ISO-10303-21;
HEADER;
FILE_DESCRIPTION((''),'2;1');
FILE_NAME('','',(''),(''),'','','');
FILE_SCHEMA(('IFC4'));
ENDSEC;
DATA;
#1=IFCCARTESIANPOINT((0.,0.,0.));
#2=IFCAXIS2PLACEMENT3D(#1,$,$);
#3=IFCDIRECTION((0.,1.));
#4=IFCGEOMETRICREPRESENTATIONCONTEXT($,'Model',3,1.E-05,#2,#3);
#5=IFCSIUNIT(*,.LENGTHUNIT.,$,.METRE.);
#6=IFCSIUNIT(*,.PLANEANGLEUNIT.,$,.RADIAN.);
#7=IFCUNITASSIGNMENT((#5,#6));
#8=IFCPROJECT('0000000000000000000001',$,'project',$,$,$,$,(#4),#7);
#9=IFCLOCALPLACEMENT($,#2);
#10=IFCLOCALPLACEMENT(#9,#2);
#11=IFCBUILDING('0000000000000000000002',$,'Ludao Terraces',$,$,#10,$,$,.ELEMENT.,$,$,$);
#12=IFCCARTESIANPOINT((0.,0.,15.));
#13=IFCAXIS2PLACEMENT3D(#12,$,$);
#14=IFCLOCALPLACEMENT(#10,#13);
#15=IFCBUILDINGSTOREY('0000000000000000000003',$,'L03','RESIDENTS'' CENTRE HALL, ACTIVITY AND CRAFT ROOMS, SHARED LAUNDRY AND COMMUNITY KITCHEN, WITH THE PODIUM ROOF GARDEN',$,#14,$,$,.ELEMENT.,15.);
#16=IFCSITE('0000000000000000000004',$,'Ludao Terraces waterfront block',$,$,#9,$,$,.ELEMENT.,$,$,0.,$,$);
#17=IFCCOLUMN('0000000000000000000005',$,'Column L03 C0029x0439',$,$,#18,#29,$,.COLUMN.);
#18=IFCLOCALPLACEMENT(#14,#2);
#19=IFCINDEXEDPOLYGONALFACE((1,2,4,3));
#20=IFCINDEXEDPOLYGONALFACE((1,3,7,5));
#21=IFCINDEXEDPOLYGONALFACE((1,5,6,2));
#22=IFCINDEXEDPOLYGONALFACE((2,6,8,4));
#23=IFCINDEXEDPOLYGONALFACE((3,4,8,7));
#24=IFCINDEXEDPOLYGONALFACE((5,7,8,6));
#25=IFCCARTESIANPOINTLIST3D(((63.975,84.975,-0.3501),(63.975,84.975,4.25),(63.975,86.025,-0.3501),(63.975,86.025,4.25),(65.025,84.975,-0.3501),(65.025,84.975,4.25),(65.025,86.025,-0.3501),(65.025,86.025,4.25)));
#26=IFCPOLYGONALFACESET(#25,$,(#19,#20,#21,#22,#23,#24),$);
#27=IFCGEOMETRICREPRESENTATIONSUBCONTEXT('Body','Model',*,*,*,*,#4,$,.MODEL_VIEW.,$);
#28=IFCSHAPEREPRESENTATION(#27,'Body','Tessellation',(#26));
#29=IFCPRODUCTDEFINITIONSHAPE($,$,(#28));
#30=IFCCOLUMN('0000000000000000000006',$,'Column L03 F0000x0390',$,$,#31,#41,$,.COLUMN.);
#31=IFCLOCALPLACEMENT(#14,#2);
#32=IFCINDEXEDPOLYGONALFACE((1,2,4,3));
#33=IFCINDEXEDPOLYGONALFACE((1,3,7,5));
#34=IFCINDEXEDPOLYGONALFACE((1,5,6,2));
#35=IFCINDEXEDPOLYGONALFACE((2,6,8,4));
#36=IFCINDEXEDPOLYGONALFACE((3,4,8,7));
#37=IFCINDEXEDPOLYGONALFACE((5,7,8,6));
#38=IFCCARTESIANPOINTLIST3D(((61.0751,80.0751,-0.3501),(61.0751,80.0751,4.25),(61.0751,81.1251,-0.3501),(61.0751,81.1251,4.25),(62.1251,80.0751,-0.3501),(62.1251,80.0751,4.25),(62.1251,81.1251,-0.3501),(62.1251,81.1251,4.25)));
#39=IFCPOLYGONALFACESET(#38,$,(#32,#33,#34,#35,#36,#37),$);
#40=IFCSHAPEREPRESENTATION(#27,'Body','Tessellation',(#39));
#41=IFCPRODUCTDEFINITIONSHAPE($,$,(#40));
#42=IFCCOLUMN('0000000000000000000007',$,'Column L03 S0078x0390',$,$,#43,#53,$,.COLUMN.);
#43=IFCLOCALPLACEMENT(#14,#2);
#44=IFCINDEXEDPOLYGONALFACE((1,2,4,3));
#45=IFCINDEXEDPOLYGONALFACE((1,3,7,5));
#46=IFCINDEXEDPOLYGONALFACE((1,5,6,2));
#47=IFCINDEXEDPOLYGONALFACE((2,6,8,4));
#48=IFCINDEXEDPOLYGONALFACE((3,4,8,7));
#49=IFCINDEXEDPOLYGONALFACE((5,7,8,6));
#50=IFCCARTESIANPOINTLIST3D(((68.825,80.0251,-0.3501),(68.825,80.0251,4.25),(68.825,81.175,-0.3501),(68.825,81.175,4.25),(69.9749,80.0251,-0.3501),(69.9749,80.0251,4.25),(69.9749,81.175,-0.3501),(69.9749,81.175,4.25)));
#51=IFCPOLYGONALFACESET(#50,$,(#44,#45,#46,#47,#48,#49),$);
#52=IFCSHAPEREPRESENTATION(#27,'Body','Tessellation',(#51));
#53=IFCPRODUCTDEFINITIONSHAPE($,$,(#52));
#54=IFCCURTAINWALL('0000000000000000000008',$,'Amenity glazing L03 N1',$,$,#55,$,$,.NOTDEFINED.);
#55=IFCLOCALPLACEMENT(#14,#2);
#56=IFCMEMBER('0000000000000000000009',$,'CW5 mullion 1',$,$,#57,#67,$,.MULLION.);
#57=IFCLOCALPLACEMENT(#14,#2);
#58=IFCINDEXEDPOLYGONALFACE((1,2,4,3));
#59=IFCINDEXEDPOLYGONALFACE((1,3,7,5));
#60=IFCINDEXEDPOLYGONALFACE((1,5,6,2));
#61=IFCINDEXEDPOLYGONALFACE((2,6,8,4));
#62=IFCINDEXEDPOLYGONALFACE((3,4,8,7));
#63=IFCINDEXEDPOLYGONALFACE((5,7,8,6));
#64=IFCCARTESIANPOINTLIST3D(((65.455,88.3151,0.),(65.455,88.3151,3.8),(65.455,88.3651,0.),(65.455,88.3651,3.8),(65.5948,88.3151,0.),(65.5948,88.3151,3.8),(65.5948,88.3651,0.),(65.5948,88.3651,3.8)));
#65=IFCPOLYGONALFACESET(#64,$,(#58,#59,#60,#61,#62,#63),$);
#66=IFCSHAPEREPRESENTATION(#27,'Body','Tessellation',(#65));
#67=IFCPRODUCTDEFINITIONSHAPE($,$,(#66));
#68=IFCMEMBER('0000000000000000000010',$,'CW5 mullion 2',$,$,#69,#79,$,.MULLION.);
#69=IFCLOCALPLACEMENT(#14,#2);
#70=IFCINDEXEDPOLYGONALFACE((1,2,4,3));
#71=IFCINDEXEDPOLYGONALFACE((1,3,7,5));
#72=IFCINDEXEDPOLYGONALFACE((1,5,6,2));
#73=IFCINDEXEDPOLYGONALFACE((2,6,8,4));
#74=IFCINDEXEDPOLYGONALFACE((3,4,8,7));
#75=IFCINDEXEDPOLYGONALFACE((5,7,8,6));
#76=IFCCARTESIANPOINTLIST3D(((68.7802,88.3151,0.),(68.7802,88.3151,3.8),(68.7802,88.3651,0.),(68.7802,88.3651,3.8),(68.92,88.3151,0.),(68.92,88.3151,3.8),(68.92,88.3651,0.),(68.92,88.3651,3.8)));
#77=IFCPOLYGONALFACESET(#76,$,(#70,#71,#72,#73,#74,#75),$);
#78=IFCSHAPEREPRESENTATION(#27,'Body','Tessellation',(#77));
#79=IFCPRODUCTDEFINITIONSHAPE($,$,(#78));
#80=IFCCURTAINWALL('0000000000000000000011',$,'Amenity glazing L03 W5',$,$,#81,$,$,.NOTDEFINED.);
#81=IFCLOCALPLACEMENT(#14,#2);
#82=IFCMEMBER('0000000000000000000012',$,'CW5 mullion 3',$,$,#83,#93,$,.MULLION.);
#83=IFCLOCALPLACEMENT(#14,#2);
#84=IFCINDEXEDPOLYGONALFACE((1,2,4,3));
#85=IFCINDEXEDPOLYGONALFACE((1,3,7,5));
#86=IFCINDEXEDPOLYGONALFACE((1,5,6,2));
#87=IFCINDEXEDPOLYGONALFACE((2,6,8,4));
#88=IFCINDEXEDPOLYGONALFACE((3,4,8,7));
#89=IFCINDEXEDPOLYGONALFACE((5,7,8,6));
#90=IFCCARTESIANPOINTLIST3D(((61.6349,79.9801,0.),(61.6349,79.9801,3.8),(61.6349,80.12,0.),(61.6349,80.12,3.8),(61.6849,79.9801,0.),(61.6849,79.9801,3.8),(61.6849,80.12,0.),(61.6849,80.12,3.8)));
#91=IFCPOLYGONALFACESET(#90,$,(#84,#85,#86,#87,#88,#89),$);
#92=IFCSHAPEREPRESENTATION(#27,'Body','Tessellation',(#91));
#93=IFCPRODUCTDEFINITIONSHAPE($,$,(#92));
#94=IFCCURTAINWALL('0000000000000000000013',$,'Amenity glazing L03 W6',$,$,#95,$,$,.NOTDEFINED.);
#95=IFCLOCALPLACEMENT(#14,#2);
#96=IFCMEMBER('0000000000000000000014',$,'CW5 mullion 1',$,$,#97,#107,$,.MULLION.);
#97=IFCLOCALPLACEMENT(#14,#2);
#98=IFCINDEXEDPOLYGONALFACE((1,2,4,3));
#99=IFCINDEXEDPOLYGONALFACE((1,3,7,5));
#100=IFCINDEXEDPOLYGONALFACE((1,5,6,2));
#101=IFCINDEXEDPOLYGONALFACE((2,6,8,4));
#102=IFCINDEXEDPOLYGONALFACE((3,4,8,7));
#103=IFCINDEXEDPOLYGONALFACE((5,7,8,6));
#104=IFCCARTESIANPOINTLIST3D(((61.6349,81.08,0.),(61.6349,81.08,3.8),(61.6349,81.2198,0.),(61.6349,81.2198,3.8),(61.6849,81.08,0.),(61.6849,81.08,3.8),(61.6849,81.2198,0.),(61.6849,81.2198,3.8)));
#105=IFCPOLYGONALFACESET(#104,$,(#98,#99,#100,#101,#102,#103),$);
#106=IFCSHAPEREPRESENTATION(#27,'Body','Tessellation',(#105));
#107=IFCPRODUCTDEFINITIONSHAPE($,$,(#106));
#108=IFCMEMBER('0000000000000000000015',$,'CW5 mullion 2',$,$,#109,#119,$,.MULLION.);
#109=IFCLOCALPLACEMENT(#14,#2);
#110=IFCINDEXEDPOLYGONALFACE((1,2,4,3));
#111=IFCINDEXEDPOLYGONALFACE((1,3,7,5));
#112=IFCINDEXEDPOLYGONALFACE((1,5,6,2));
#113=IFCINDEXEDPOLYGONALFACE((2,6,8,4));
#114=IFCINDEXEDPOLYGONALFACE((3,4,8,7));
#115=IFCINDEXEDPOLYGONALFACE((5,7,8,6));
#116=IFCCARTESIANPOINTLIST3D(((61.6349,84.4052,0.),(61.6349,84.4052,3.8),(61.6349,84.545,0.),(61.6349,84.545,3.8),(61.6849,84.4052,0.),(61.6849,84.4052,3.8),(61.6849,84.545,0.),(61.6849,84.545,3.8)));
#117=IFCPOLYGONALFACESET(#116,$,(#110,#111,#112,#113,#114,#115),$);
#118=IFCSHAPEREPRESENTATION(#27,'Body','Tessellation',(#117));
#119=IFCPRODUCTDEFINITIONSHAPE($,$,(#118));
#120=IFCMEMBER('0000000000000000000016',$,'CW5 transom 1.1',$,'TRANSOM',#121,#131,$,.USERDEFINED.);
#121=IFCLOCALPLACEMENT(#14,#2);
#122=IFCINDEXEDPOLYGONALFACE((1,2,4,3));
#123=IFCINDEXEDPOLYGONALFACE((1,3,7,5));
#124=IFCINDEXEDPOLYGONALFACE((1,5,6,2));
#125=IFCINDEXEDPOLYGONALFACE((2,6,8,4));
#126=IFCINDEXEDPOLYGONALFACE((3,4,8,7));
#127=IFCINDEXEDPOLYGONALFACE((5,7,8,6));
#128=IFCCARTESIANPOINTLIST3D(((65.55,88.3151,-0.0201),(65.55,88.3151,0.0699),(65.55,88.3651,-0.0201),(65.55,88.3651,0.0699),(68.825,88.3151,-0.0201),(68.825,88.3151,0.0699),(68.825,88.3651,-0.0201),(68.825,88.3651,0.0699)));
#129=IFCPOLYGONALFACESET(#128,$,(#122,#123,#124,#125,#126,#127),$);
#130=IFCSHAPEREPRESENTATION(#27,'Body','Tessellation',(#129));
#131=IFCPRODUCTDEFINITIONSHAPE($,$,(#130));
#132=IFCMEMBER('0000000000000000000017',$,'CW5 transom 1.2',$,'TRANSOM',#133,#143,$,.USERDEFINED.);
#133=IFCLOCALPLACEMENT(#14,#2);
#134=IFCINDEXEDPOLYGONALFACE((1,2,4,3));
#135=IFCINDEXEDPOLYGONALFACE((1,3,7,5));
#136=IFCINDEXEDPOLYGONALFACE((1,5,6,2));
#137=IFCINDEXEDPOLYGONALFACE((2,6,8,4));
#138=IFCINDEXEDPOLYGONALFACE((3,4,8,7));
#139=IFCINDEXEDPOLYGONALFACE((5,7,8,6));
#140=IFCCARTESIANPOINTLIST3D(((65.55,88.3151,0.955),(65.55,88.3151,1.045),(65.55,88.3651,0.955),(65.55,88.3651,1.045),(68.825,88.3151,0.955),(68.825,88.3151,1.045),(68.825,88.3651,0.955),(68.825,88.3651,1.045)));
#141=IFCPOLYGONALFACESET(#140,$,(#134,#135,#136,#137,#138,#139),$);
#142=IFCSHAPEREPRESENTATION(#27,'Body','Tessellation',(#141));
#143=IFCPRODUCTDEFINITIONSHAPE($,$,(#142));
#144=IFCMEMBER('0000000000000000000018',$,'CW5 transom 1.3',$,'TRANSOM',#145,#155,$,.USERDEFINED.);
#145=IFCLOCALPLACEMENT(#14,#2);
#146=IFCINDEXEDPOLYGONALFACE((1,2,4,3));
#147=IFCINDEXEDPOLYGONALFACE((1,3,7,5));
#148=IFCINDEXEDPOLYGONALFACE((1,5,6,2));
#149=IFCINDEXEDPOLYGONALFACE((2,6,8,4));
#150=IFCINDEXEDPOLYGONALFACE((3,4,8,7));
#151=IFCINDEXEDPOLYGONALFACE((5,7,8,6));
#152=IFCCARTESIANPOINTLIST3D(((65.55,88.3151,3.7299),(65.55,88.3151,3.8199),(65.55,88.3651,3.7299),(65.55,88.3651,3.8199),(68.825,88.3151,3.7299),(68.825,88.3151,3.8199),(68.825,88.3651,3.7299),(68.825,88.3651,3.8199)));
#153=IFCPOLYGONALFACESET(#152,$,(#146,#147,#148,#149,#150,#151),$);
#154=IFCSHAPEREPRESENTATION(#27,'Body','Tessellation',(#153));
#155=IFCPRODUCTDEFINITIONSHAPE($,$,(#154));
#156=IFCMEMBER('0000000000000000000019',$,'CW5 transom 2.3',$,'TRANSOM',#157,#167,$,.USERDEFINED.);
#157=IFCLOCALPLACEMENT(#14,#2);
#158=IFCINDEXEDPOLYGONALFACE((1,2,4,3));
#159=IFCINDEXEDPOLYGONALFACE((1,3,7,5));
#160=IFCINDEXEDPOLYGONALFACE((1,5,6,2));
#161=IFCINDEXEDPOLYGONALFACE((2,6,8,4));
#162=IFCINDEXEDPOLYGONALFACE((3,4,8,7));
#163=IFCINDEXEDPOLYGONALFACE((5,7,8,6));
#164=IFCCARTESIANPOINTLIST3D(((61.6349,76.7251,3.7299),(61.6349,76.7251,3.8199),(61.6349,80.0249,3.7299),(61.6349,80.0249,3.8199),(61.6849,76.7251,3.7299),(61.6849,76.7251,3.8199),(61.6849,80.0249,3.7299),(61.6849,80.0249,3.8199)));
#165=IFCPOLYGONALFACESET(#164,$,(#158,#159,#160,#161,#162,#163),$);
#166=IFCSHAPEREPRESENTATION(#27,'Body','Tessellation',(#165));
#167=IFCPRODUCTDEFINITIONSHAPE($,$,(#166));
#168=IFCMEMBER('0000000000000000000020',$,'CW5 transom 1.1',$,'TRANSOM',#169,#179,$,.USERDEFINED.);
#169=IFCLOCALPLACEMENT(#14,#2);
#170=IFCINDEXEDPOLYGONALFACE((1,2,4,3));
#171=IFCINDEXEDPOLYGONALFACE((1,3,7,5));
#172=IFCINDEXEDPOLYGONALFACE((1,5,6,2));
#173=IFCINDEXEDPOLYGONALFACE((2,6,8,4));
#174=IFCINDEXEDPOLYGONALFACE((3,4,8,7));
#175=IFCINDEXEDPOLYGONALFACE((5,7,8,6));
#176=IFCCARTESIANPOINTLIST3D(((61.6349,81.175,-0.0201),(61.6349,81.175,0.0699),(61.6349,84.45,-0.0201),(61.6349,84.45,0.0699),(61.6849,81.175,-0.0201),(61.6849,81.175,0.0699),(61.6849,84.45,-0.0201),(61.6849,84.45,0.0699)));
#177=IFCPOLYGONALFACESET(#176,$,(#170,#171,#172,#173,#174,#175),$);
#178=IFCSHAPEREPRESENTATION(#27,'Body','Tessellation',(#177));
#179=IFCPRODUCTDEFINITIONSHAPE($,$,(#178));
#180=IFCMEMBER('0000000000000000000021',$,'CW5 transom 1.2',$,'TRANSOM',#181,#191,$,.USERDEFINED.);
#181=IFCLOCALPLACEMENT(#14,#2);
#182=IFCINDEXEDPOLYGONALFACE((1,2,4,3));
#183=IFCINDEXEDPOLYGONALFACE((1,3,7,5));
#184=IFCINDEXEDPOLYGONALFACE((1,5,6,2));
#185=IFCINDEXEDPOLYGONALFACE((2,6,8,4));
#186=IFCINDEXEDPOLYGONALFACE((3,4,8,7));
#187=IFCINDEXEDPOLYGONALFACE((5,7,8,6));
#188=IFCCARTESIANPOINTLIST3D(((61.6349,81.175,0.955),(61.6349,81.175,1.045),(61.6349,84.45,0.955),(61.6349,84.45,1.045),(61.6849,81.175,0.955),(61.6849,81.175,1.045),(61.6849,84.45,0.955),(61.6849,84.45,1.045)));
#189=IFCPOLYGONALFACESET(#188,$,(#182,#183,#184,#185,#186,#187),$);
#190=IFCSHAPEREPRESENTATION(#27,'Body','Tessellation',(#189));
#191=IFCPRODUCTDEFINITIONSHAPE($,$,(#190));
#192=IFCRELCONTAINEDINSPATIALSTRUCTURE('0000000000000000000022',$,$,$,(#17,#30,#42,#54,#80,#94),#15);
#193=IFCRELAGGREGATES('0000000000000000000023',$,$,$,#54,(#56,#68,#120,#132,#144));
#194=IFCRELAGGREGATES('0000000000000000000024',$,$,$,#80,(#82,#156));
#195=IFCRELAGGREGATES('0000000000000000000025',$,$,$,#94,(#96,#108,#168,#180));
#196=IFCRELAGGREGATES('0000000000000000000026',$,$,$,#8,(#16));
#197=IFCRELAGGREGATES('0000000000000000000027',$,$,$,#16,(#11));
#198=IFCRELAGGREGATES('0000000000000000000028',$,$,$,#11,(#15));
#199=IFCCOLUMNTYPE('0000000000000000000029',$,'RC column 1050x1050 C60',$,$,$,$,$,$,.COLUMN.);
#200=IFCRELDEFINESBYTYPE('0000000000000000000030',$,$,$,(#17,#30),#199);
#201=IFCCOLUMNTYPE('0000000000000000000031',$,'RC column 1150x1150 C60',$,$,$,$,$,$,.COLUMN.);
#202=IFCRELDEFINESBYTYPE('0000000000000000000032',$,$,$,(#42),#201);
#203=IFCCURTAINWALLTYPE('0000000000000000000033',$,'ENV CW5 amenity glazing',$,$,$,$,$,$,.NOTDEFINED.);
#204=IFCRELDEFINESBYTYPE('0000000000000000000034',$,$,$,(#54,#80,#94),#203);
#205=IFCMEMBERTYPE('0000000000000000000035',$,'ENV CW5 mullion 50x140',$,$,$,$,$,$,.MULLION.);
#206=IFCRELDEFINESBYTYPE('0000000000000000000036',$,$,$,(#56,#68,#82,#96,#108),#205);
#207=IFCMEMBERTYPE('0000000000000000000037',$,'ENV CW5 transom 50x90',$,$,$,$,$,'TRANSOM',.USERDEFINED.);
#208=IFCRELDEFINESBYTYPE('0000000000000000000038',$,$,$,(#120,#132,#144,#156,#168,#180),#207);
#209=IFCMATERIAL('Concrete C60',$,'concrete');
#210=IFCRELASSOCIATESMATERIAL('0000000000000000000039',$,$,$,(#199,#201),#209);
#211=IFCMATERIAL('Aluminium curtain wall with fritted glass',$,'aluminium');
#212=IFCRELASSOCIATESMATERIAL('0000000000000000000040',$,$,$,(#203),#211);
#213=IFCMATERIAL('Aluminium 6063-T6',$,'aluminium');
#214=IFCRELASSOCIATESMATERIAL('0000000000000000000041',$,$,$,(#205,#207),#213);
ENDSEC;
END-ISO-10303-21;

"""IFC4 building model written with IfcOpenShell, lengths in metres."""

from ifc_helpers import new_model, si_unit, direction, frame, origin, origin_2d, place, context, subcontext, project, spatial, rectangle, extrude, material, material_profile, profile_set, type_object, element, aggregate, save


model = new_model("IFC4")

# Units and contexts
model_context = context("Model", 3, precision=1e-05, world=origin(), true_north=direction((0.0, 1.0)))
body_context = subcontext(model_context, "Body", "Model", "MODEL_VIEW")
ifc_project = project(units=[si_unit("LENGTHUNIT", "METRE"), si_unit("PLANEANGLEUNIT", "RADIAN")], contexts=[model_context])

# Site, building, storey
site_placement = place(None, origin())
site = spatial("IfcSite", under=ifc_project, at=site_placement, Name="Ludao Terraces waterfront block", CompositionType="ELEMENT", RefElevation=0.0)
building_placement = place(site_placement, origin())
building = spatial("IfcBuilding", under=site, at=building_placement, Name="Ludao Terraces", CompositionType="ELEMENT")
storey_placement = place(building_placement, frame((0.0, 0.0, 15.0)))
storey = spatial("IfcBuildingStorey", under=building, at=storey_placement, Name="L03", Description="RESIDENTS' CENTRE HALL, ACTIVITY AND CRAFT ROOMS, SHARED LAUNDRY AND COMMUNITY KITCHEN, WITH THE PODIUM ROOF GARDEN", CompositionType="ELEMENT", Elevation=15.0)

# Columns
ifc_material_1 = material(Name="Concrete C60", Category="concrete")
ifc_material_profile_1 = material_profile(ifc_material_1, rectangle(XDim=1.05, YDim=1.05, at=origin_2d()), Name="1050 X 1050")
ifc_profile_set_1 = profile_set([ifc_material_profile_1], Name="Concrete C60")
column_type_1 = type_object("IfcColumnType", Name="RC column 1050x1050 C60", PredefinedType="COLUMN", material=ifc_profile_set_1)
for number, where, z_axis, x_axis, name in (
    (1, (64.5, 85.5, -0.3501), (0.0, 0.0, 1.0), (1.0, 0.0, 0.0), "Column L03 C0029x0439"),
    (2, (61.6001, 80.6001, -0.3501), (0.0, 0.0, 1.0), (1.0, 0.0, 0.0), "Column L03 F0000x0390"),
):
    element("IfcColumn", number, at=place(storey_placement, frame(where, z_axis=z_axis, x_axis=x_axis)), inside=storey, type_object=column_type_1, Name=name, PredefinedType="COLUMN", context=body_context, shape_type="SweptSolid", body=[
        extrude(rectangle(XDim=1.05, YDim=1.05, at=origin_2d()), origin(), (0.0, 0.0, 1.0), 4.6001),
    ])
ifc_material_profile_2 = material_profile(ifc_material_1, rectangle(XDim=1.1499, YDim=1.1499, at=origin_2d()), Name="1150 X 1150")
ifc_profile_set_2 = profile_set([ifc_material_profile_2], Name="Concrete C60")
column_type_2 = type_object("IfcColumnType", Name="RC column 1150x1150 C60", PredefinedType="COLUMN", material=ifc_profile_set_2)
column_placement = place(storey_placement, frame((69.3999, 80.6001, -0.3501), z_axis=(0.0, 0.0, 1.0), x_axis=(1.0, 0.0, 0.0)))
element("IfcColumn", 3, at=column_placement, inside=storey, type_object=column_type_2, Name="Column L03 S0078x0390", PredefinedType="COLUMN", context=body_context, shape_type="SweptSolid", body=[
    extrude(rectangle(XDim=1.1499, YDim=1.1499, at=origin_2d()), origin(), (0.0, 0.0, 1.0), 4.6001),
])

# Curtain wall, members
ifc_material_2 = material(Name="Aluminium curtain wall with fritted glass", Category="aluminium")
curtain_wall_type = type_object("IfcCurtainWallType", Name="ENV CW5 amenity glazing", PredefinedType="NOTDEFINED", material=ifc_material_2)
curtain_wall_1_placement = place(storey_placement, origin())
curtain_wall_1 = element("IfcCurtainWall", 4, at=curtain_wall_1_placement, inside=storey, type_object=curtain_wall_type, Name="Amenity glazing L03 N1", PredefinedType="NOTDEFINED")
ifc_material_3 = material(Name="Aluminium 6063-T6", Category="aluminium")
ifc_material_profile_3 = material_profile(ifc_material_3, rectangle(XDim=0.05, YDim=0.1399, at=origin_2d()), Name="50 X 140")
ifc_profile_set_3 = profile_set([ifc_material_profile_3], Name="Aluminium 6063-T6")
member_type_1 = type_object("IfcMemberType", Name="ENV CW5 mullion 50x140", PredefinedType="MULLION", material=ifc_profile_set_3)
member_1_placement = place(storey_placement, frame((65.5249, 88.3401, 0.0), z_axis=(0.0, 0.0, 1.0), x_axis=(0.0, 1.0, 0.0)))
member_1 = element("IfcMember", 5, at=member_1_placement, type_object=member_type_1, Name="CW5 mullion 1", PredefinedType="MULLION", context=body_context, shape_type="SweptSolid", body=[
    extrude(rectangle(XDim=0.05, YDim=0.1399, at=origin_2d()), origin(), (0.0, 0.0, 1.0), 3.8),
])
member_2_placement = place(storey_placement, frame((68.8501, 88.3401, 0.0), z_axis=(0.0, 0.0, 1.0), x_axis=(0.0, 1.0, 0.0)))
member_2 = element("IfcMember", 6, at=member_2_placement, type_object=member_type_1, Name="CW5 mullion 2", PredefinedType="MULLION", context=body_context, shape_type="SweptSolid", body=[
    extrude(rectangle(XDim=0.05, YDim=0.1399, at=origin_2d()), origin(), (0.0, 0.0, 1.0), 3.8),
])

# Curtain wall, member
curtain_wall_2_placement = place(storey_placement, origin())
curtain_wall_2 = element("IfcCurtainWall", 7, at=curtain_wall_2_placement, inside=storey, type_object=curtain_wall_type, Name="Amenity glazing L03 W5", PredefinedType="NOTDEFINED")
member_3_placement = place(storey_placement, frame((61.6599, 80.05, 0.0), z_axis=(0.0, 0.0, 1.0), x_axis=(-1.0, 0.0, 0.0)))
member_3 = element("IfcMember", 8, at=member_3_placement, type_object=member_type_1, Name="CW5 mullion 3", PredefinedType="MULLION", context=body_context, shape_type="SweptSolid", body=[
    extrude(rectangle(XDim=0.05, YDim=0.1399, at=origin_2d()), origin(), (0.0, 0.0, 1.0), 3.8),
])

# Curtain wall, members
curtain_wall_3_placement = place(storey_placement, origin())
curtain_wall_3 = element("IfcCurtainWall", 9, at=curtain_wall_3_placement, inside=storey, type_object=curtain_wall_type, Name="Amenity glazing L03 W6", PredefinedType="NOTDEFINED")
member_4_placement = place(storey_placement, frame((61.6599, 81.1499, 0.0), z_axis=(0.0, 0.0, 1.0), x_axis=(-1.0, 0.0, 0.0)))
member_4 = element("IfcMember", 10, at=member_4_placement, type_object=member_type_1, Name="CW5 mullion 1", PredefinedType="MULLION", context=body_context, shape_type="SweptSolid", body=[
    extrude(rectangle(XDim=0.05, YDim=0.1399, at=origin_2d()), origin(), (0.0, 0.0, 1.0), 3.8),
])
member_5_placement = place(storey_placement, frame((61.6599, 84.4751, 0.0), z_axis=(0.0, 0.0, 1.0), x_axis=(-1.0, 0.0, 0.0)))
member_5 = element("IfcMember", 11, at=member_5_placement, type_object=member_type_1, Name="CW5 mullion 2", PredefinedType="MULLION", context=body_context, shape_type="SweptSolid", body=[
    extrude(rectangle(XDim=0.05, YDim=0.1399, at=origin_2d()), origin(), (0.0, 0.0, 1.0), 3.8),
])

# Members
ifc_material_profile_4 = material_profile(ifc_material_3, rectangle(XDim=0.05, YDim=0.0901, at=origin_2d()), Name="50 X 90")
ifc_profile_set_4 = profile_set([ifc_material_profile_4], Name="Aluminium 6063-T6")
member_type_2 = type_object("IfcMemberType", Name="ENV CW5 transom 50x90", ElementType="TRANSOM", PredefinedType="USERDEFINED", material=ifc_profile_set_4)
member_6_placement = place(storey_placement, frame((65.55, 88.3401, 0.0249), z_axis=(1.0, 0.0, 0.0), x_axis=(0.0, 1.0, 0.0)))
member_6 = element("IfcMember", 12, at=member_6_placement, type_object=member_type_2, Name="CW5 transom 1.1", ObjectType="TRANSOM", PredefinedType="USERDEFINED", context=body_context, shape_type="SweptSolid", body=[
    extrude(rectangle(XDim=0.05, YDim=0.0901, at=origin_2d()), origin(), (0.0, 0.0, 1.0), 3.2749),
])
member_7_placement = place(storey_placement, frame((65.55, 88.3401, 1.0), z_axis=(1.0, 0.0, 0.0), x_axis=(0.0, 1.0, 0.0)))
member_7 = element("IfcMember", 13, at=member_7_placement, type_object=member_type_2, Name="CW5 transom 1.2", ObjectType="TRANSOM", PredefinedType="USERDEFINED", context=body_context, shape_type="SweptSolid", body=[
    extrude(rectangle(XDim=0.05, YDim=0.0901, at=origin_2d()), origin(), (0.0, 0.0, 1.0), 3.2749),
])
member_8_placement = place(storey_placement, frame((65.55, 88.3401, 3.7749), z_axis=(1.0, 0.0, 0.0), x_axis=(0.0, 1.0, 0.0)))
member_8 = element("IfcMember", 14, at=member_8_placement, type_object=member_type_2, Name="CW5 transom 1.3", ObjectType="TRANSOM", PredefinedType="USERDEFINED", context=body_context, shape_type="SweptSolid", body=[
    extrude(rectangle(XDim=0.05, YDim=0.0901, at=origin_2d()), origin(), (0.0, 0.0, 1.0), 3.2749),
])
member_9_placement = place(storey_placement, frame((61.6599, 76.7251, 3.7749), z_axis=(0.0, 1.0, 0.0), x_axis=(-1.0, 0.0, 0.0)))
member_9 = element("IfcMember", 15, at=member_9_placement, type_object=member_type_2, Name="CW5 transom 2.3", ObjectType="TRANSOM", PredefinedType="USERDEFINED", context=body_context, shape_type="SweptSolid", body=[
    extrude(rectangle(XDim=0.05, YDim=0.0901, at=origin_2d()), origin(), (0.0, 0.0, 1.0), 3.2998),
])
member_10_placement = place(storey_placement, frame((61.6599, 81.175, 0.0249), z_axis=(0.0, 1.0, 0.0), x_axis=(-1.0, 0.0, 0.0)))
member_10 = element("IfcMember", 16, at=member_10_placement, type_object=member_type_2, Name="CW5 transom 1.1", ObjectType="TRANSOM", PredefinedType="USERDEFINED", context=body_context, shape_type="SweptSolid", body=[
    extrude(rectangle(XDim=0.05, YDim=0.0901, at=origin_2d()), origin(), (0.0, 0.0, 1.0), 3.2749),
])
member_11_placement = place(storey_placement, frame((61.6599, 81.175, 1.0), z_axis=(0.0, 1.0, 0.0), x_axis=(-1.0, 0.0, 0.0)))
member_11 = element("IfcMember", 17, at=member_11_placement, type_object=member_type_2, Name="CW5 transom 1.2", ObjectType="TRANSOM", PredefinedType="USERDEFINED", context=body_context, shape_type="SweptSolid", body=[
    extrude(rectangle(XDim=0.05, YDim=0.0901, at=origin_2d()), origin(), (0.0, 0.0, 1.0), 3.2749),
])

aggregate(curtain_wall_1, [member_1, member_2, member_6, member_7, member_8])
aggregate(curtain_wall_2, [member_3, member_9])
aggregate(curtain_wall_3, [member_4, member_5, member_10, member_11])

save(model, "model.ifc")
